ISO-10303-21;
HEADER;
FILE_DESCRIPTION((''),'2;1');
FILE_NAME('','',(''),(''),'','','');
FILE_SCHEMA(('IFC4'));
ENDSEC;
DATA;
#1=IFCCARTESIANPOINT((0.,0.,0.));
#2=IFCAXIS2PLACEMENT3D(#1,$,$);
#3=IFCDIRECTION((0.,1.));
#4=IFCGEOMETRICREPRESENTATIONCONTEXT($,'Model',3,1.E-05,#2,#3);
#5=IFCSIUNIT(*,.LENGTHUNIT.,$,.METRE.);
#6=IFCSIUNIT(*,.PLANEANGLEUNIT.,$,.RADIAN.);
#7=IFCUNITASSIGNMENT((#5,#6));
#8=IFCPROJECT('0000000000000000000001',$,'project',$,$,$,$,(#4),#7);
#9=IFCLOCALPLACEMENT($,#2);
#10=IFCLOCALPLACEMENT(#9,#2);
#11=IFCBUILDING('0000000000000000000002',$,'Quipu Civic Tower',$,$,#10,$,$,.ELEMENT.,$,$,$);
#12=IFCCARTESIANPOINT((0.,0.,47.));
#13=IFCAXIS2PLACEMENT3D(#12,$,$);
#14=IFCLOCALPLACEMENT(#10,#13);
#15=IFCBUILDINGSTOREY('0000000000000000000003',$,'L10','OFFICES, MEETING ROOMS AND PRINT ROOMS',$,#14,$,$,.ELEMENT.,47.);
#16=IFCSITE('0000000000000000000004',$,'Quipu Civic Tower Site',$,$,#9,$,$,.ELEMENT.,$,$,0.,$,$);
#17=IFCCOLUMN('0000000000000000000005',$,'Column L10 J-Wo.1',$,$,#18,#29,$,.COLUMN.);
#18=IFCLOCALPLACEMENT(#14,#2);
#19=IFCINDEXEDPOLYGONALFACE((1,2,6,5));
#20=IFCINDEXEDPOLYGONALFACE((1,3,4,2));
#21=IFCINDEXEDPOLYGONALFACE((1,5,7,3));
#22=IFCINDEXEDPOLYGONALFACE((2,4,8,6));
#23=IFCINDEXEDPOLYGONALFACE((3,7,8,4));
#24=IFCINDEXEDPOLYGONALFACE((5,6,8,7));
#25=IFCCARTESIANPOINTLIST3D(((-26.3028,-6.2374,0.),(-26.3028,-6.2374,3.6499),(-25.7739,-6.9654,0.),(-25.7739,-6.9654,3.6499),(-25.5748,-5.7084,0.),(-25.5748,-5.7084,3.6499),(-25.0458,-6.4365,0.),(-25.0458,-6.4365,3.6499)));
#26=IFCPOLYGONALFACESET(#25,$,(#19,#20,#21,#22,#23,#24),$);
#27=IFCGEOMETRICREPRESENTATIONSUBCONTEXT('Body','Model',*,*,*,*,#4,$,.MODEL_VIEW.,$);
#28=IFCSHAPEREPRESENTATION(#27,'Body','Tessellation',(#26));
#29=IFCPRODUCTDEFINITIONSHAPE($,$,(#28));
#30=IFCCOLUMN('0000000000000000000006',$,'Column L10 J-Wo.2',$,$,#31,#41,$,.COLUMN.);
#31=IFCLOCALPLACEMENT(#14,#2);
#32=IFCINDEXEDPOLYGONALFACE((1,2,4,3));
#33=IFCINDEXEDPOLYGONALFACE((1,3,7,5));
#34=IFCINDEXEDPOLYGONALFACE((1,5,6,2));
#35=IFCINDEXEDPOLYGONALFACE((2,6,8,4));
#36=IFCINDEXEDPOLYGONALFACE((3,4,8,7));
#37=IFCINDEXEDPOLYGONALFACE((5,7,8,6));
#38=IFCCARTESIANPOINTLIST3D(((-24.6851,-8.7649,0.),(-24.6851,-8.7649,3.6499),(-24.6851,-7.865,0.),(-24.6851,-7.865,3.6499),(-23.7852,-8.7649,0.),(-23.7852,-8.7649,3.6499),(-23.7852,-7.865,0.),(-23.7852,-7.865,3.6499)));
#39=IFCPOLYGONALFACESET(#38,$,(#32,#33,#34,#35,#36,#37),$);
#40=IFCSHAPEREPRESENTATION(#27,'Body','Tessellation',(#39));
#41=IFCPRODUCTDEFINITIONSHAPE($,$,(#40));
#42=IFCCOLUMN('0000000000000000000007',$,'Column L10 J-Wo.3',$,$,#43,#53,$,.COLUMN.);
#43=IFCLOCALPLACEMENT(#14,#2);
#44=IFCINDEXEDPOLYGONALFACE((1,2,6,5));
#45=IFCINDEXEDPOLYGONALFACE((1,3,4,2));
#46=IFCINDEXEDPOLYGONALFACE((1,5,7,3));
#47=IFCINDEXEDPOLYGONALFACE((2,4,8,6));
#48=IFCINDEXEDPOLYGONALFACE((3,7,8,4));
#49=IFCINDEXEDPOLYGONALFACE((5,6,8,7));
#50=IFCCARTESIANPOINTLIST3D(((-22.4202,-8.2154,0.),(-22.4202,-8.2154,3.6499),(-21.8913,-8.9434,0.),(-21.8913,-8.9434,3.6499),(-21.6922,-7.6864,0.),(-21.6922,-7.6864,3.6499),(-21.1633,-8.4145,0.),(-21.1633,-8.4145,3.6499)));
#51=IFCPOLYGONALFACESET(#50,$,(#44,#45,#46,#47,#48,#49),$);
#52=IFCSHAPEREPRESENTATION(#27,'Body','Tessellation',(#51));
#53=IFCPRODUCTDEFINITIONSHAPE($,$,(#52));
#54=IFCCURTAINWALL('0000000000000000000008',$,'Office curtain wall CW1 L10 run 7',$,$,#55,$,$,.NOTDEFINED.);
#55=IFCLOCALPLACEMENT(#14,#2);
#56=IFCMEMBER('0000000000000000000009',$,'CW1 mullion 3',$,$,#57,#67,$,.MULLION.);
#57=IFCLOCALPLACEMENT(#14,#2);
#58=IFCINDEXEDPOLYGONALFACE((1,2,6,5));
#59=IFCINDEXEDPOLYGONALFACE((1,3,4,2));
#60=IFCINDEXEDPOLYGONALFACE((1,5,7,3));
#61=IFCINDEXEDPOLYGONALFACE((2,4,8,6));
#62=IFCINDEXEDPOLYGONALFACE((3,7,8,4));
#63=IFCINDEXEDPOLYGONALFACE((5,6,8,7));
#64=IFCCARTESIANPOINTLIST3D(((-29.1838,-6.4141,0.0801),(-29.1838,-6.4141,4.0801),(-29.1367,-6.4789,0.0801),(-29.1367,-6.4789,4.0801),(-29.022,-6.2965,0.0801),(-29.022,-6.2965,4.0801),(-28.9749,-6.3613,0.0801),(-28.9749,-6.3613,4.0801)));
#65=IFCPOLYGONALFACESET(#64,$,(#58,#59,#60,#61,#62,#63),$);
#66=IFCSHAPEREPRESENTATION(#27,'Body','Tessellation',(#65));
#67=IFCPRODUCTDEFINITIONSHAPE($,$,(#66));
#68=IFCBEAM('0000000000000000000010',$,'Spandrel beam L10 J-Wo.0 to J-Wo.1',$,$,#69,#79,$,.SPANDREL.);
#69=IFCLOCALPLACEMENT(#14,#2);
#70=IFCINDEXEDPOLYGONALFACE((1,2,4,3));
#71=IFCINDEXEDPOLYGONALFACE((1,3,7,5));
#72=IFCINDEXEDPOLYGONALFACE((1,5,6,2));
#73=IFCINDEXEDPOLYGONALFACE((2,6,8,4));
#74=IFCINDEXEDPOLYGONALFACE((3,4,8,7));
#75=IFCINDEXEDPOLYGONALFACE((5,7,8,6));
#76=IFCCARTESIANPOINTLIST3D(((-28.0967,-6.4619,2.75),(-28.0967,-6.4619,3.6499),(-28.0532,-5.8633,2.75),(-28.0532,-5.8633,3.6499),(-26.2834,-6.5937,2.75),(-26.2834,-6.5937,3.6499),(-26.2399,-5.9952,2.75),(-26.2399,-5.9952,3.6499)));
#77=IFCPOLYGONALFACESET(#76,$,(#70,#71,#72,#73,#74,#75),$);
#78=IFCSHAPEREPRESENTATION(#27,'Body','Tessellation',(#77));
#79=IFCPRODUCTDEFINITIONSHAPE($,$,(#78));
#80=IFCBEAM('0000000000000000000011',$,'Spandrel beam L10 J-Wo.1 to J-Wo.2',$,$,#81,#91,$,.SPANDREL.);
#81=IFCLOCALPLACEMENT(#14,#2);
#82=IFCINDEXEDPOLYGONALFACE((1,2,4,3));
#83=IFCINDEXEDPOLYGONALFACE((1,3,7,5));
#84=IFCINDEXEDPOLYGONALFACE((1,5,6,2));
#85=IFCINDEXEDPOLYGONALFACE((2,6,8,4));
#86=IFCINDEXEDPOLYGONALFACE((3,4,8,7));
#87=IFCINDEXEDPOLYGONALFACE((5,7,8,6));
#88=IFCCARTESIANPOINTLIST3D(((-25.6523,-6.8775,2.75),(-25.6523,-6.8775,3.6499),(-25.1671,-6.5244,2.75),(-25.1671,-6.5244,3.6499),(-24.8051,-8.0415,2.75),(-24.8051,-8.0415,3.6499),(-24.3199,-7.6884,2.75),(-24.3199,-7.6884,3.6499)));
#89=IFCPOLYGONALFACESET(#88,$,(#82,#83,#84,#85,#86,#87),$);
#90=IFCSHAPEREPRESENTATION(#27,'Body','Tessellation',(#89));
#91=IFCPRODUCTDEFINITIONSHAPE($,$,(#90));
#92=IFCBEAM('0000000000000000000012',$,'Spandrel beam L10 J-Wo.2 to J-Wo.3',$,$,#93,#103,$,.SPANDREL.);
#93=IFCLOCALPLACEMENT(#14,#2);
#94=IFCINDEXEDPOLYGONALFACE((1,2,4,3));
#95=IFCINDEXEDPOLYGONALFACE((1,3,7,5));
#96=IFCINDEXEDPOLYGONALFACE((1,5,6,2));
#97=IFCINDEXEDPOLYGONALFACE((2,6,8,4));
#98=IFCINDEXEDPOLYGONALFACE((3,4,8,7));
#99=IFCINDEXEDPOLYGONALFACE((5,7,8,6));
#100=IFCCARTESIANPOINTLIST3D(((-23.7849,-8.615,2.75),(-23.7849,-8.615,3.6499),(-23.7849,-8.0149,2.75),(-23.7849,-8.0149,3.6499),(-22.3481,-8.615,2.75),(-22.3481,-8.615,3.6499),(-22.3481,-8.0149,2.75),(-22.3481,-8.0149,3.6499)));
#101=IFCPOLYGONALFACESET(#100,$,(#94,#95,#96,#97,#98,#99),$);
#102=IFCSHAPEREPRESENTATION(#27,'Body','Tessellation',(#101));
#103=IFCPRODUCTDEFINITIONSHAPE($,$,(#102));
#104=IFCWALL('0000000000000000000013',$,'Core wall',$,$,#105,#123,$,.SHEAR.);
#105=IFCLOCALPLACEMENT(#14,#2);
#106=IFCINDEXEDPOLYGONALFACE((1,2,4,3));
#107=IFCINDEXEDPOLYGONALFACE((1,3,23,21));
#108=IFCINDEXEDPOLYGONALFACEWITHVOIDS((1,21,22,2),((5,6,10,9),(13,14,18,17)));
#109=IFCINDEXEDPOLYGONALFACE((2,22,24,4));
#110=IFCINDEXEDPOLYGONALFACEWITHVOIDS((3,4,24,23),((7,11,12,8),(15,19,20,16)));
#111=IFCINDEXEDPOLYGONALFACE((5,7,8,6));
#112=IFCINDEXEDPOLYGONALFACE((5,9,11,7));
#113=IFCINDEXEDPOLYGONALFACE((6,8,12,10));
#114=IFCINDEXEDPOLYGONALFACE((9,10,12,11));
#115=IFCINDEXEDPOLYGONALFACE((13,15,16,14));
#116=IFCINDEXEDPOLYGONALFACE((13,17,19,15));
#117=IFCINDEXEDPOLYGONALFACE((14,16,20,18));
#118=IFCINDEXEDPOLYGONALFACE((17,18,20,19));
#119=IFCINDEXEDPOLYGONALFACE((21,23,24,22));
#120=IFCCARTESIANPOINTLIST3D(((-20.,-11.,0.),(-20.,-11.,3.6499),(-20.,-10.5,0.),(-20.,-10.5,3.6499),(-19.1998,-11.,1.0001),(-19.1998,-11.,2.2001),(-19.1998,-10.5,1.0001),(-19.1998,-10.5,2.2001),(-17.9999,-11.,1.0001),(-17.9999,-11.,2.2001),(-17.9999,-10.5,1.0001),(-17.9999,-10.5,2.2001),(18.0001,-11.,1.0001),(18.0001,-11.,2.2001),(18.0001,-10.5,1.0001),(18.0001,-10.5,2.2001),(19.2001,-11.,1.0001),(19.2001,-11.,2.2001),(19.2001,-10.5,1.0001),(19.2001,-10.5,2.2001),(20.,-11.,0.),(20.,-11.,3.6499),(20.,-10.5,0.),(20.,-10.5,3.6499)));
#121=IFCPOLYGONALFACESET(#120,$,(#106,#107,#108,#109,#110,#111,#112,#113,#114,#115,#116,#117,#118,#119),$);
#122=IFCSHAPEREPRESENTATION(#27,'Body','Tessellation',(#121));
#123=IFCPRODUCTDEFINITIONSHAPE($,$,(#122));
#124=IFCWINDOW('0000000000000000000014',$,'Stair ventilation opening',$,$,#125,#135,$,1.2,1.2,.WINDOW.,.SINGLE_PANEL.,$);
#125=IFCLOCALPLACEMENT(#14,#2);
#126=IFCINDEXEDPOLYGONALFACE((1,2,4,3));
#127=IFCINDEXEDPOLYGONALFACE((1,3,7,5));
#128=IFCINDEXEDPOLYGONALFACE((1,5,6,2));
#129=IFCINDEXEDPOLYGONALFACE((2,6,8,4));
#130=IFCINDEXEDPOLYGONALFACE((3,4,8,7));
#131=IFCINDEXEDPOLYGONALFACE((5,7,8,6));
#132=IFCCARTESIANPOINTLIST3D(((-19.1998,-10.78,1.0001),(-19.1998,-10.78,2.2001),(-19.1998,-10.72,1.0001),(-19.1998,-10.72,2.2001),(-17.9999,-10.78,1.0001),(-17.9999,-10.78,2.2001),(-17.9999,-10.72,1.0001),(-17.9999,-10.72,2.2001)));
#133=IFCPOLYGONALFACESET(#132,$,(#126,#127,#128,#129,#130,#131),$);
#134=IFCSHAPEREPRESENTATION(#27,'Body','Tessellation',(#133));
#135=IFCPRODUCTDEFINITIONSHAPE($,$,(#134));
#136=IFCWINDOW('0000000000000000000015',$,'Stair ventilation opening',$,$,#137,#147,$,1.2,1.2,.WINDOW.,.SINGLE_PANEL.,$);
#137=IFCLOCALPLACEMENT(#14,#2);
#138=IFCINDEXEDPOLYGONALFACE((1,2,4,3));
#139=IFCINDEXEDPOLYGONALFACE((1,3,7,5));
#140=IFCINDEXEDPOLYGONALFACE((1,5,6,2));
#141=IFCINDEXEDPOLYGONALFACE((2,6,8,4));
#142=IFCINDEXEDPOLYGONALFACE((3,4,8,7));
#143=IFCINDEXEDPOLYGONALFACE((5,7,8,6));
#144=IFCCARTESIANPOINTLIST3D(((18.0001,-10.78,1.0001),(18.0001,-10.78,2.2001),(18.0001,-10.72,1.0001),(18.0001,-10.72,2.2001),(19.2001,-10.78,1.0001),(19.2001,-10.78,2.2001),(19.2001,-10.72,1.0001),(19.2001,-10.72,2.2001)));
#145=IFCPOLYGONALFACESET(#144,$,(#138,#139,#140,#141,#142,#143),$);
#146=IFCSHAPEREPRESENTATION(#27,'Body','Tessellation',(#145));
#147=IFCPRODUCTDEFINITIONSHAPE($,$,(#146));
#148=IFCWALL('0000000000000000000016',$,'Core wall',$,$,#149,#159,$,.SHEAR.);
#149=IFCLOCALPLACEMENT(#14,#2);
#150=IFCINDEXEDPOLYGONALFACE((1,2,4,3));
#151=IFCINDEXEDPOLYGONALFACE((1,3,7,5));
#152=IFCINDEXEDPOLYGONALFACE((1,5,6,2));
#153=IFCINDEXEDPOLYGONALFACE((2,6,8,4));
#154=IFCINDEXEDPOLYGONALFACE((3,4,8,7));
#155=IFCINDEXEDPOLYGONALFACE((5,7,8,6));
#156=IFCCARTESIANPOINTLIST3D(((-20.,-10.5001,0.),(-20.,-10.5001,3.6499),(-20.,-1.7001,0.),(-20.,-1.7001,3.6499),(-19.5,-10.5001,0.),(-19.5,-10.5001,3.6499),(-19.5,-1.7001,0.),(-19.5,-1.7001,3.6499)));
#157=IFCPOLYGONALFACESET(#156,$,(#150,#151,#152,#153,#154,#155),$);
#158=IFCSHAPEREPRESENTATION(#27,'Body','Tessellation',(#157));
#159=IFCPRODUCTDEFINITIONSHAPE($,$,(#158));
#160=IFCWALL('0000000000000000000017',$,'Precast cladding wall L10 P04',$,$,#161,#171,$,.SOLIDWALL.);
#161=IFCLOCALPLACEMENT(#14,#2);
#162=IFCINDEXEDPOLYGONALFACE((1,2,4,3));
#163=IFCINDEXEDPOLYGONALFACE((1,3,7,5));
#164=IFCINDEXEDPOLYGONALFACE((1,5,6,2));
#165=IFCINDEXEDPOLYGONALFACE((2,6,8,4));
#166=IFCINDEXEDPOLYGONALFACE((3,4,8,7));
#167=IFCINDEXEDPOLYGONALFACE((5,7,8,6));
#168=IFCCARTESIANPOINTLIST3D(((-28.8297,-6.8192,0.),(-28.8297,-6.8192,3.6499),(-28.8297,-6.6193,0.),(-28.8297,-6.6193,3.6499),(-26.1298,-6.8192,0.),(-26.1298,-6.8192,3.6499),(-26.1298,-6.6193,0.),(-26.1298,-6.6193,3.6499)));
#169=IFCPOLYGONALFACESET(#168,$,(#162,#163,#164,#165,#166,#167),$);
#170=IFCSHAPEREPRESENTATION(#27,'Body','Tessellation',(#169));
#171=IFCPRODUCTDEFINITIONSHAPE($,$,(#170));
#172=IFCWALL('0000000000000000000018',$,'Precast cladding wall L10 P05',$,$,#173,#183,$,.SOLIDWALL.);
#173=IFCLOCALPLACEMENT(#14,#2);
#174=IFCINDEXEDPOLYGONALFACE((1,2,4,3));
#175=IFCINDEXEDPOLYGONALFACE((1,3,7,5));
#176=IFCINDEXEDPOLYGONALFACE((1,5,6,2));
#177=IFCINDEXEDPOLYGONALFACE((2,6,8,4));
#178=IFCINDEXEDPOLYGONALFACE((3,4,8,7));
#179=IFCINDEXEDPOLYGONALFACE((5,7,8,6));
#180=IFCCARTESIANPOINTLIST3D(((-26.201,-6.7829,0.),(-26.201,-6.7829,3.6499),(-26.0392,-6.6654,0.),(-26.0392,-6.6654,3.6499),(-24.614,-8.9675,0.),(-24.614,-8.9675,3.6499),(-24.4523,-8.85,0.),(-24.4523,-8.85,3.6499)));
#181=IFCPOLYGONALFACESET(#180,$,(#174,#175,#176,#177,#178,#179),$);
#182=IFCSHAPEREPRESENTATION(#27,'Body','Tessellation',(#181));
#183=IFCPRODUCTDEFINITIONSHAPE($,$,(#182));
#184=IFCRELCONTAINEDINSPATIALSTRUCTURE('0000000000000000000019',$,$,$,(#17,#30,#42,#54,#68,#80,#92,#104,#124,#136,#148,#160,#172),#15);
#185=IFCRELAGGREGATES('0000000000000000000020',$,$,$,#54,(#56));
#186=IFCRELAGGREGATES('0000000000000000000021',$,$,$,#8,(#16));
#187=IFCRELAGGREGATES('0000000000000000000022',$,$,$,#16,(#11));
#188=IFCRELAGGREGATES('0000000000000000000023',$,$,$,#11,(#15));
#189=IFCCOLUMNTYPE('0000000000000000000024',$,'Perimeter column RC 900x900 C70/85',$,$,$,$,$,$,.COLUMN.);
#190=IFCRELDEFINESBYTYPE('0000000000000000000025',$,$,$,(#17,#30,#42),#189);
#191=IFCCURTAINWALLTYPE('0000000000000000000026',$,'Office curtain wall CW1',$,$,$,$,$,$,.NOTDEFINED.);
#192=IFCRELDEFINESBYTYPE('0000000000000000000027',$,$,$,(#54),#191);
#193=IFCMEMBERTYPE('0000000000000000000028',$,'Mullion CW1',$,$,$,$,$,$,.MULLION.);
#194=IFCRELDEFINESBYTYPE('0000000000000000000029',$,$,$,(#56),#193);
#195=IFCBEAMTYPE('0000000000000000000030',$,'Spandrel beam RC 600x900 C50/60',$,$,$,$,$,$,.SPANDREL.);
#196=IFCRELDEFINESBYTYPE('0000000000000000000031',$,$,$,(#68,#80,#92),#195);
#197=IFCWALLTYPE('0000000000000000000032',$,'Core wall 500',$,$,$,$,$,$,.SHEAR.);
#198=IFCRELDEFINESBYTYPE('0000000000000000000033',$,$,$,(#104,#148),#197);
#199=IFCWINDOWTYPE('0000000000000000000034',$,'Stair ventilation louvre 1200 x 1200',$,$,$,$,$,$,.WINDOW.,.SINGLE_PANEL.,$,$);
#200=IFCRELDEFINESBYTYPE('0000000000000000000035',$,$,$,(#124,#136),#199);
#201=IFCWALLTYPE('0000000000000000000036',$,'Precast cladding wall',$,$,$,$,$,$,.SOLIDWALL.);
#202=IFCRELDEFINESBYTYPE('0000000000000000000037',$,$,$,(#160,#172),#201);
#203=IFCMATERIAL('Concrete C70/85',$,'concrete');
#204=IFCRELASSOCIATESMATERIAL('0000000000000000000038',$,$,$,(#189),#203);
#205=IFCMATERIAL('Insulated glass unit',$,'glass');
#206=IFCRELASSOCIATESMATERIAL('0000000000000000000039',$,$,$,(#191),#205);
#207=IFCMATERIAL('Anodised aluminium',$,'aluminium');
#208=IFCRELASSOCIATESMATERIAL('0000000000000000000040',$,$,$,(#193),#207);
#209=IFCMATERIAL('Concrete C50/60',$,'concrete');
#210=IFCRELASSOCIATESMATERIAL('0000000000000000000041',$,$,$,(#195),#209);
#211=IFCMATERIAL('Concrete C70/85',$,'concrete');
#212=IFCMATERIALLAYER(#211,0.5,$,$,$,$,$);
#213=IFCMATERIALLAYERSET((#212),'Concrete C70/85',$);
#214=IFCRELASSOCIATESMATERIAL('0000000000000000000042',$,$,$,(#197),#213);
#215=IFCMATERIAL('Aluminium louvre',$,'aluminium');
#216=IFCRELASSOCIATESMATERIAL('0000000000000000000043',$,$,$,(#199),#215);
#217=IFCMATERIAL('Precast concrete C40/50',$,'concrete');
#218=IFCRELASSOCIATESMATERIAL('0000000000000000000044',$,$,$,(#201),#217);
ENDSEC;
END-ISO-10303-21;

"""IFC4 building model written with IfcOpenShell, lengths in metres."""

from ifc_helpers import new_model, si_unit, direction, frame, frame_2d, origin, origin_2d, place, context, subcontext, project, spatial, rectangle, extrude, material, layer, layer_set, material_profile, profile_set, type_object, element, fill, aggregate, save


model = new_model("IFC4")

# Units and contexts
model_context = context("Model", 3, precision=1e-05, world=origin(), true_north=direction((0.0, 1.0)))
body_context = subcontext(model_context, "Body", "Model", "MODEL_VIEW")
ifc_project = project(units=[si_unit("LENGTHUNIT", "METRE"), si_unit("PLANEANGLEUNIT", "RADIAN")], contexts=[model_context])

# Site, building, storey
site_placement = place(None, origin())
site = spatial("IfcSite", under=ifc_project, at=site_placement, Name="Quipu Civic Tower Site", CompositionType="ELEMENT", RefElevation=0.0)
building_placement = place(site_placement, origin())
building = spatial("IfcBuilding", under=site, at=building_placement, Name="Quipu Civic Tower", CompositionType="ELEMENT")
storey_placement = place(building_placement, frame((0.0, 0.0, 47.0)))
storey = spatial("IfcBuildingStorey", under=building, at=storey_placement, Name="L10", Description="OFFICES, MEETING ROOMS AND PRINT ROOMS", CompositionType="ELEMENT", Elevation=47.0)

# Columns
ifc_material_1 = material(Name="Concrete C70/85", Category="concrete")
ifc_material_profile_1 = material_profile(ifc_material_1, rectangle(XDim=0.8999, YDim=0.8999, at=origin_2d()), Name="RC900x900")
ifc_profile_set_1 = profile_set([ifc_material_profile_1], Name="Concrete C70/85")
column_type = type_object("IfcColumnType", Name="Perimeter column RC 900x900 C70/85", PredefinedType="COLUMN", material=ifc_profile_set_1)
for number, where, z_axis, x_axis, name in (
    (1, (-25.6743, -6.3369, 0.0), (0.0, 0.0, 1.0), (0.587785, -0.809017, 0.0), "Column L10 J-Wo.1"),
    (2, (-24.2351, -8.3149, 0.0), (0.0, 0.0, 1.0), (1.0, 0.0, 0.0), "Column L10 J-Wo.2"),
    (3, (-21.7917, -8.3149, 0.0), (0.0, 0.0, 1.0), (0.587785, -0.809017, 0.0), "Column L10 J-Wo.3"),
):
    element("IfcColumn", number, at=place(storey_placement, frame(where, z_axis=z_axis, x_axis=x_axis)), inside=storey, type_object=column_type, Name=name, PredefinedType="COLUMN", context=body_context, shape_type="SweptSolid", body=[
        extrude(rectangle(XDim=0.8999, YDim=0.8999, at=origin_2d()), origin(), (0.0, 0.0, 1.0), 3.6499),
    ])

# Curtain wall, member
ifc_material_2 = material(Name="Insulated glass unit", Category="glass")
curtain_wall_type = type_object("IfcCurtainWallType", Name="Office curtain wall CW1", PredefinedType="NOTDEFINED", material=ifc_material_2)
curtain_wall_placement = place(storey_placement, origin())
curtain_wall = element("IfcCurtainWall", 4, at=curtain_wall_placement, inside=storey, type_object=curtain_wall_type, Name="Office curtain wall CW1 L10 run 7", PredefinedType="NOTDEFINED")
ifc_material_3 = material(Name="Anodised aluminium", Category="aluminium")
ifc_material_profile_2 = material_profile(ifc_material_3, rectangle(XDim=0.2, YDim=0.0801, at=origin_2d()), Name="RECT 200x80")
ifc_profile_set_2 = profile_set([ifc_material_profile_2], Name="Anodised aluminium")
member_type = type_object("IfcMemberType", Name="Mullion CW1", PredefinedType="MULLION", material=ifc_profile_set_2)
member_placement = place(storey_placement, frame((-29.0793, -6.3877, 0.0801), z_axis=(0.0, 0.0, 1.0), x_axis=(0.809018, 0.587785, 0.0)))
member = element("IfcMember", 5, at=member_placement, type_object=member_type, Name="CW1 mullion 3", PredefinedType="MULLION", context=body_context, shape_type="SweptSolid", body=[
    extrude(rectangle(XDim=0.2, YDim=0.0801, at=origin_2d()), origin(), (0.0, 0.0, 1.0), 4.0),
])
aggregate(curtain_wall, [member])

# Beams
ifc_material_4 = material(Name="Concrete C50/60", Category="concrete")
ifc_material_profile_3 = material_profile(ifc_material_4, rectangle(XDim=0.6001, YDim=0.8999, at=origin_2d()), Name="RC600x900")
ifc_profile_set_3 = profile_set([ifc_material_profile_3], Name="Concrete C50/60")
beam_type = type_object("IfcBeamType", Name="Spandrel beam RC 600x900 C50/60", PredefinedType="SPANDREL", material=ifc_profile_set_3)
beam_1_placement = place(storey_placement, frame((-28.075, -6.1626, 3.2), z_axis=(0.997367, -0.072516, 0.0), x_axis=(0.072516, 0.997367, 0.0)))
element("IfcBeam", 6, at=beam_1_placement, inside=storey, type_object=beam_type, Name="Spandrel beam L10 J-Wo.0 to J-Wo.1", PredefinedType="SPANDREL", context=body_context, shape_type="SweptSolid", body=[
    extrude(rectangle(XDim=0.6001, YDim=0.8999, at=origin_2d()), origin(), (0.0, 0.0, 1.0), 1.8181),
])
beam_2_placement = place(storey_placement, frame((-25.4097, -6.7009, 3.2), z_axis=(0.588434, -0.808545, 0.0), x_axis=(0.808545, 0.588434, 0.0)))
element("IfcBeam", 7, at=beam_2_placement, inside=storey, type_object=beam_type, Name="Spandrel beam L10 J-Wo.1 to J-Wo.2", PredefinedType="SPANDREL", context=body_context, shape_type="SweptSolid", body=[
    extrude(rectangle(XDim=0.6001, YDim=0.8999, at=origin_2d()), origin(), (0.0, 0.0, 1.0), 1.4397),
])
beam_3_placement = place(storey_placement, frame((-23.7849, -8.3149, 3.2), z_axis=(1.0, 0.0, 0.0), x_axis=(0.0, 1.0, 0.0)))
element("IfcBeam", 8, at=beam_3_placement, inside=storey, type_object=beam_type, Name="Spandrel beam L10 J-Wo.2 to J-Wo.3", PredefinedType="SPANDREL", context=body_context, shape_type="SweptSolid", body=[
    extrude(rectangle(XDim=0.6001, YDim=0.8999, at=origin_2d()), origin(), (0.0, 0.0, 1.0), 1.4368),
])

# Wall, openings, windows
ifc_material_5 = material(Name="Concrete C70/85", Category="concrete")
ifc_layer = layer(ifc_material_5, 0.5)
ifc_layer_set = layer_set([ifc_layer], Name="Concrete C70/85")
wall_type_1 = type_object("IfcWallType", Name="Core wall 500", PredefinedType="SHEAR", material=ifc_layer_set)
wall_1_placement = place(storey_placement, frame((-20.0, -10.75, 0.0), z_axis=(0.0, 0.0, 1.0), x_axis=(1.0, 0.0, 0.0)))
wall_1 = element("IfcWall", 9, at=wall_1_placement, inside=storey, type_object=wall_type_1, Name="Core wall", PredefinedType="SHEAR", context=body_context, shape_type="SweptSolid", body=[
    extrude(rectangle(XDim=40.0, YDim=0.5, at=frame_2d((20.0, 0.0))), origin(), (0.0, 0.0, 1.0), 3.6499),
])
opening_1_placement = place(wall_1_placement, frame((0.8, 0.0, 1.0)))
opening_1 = element("IfcOpeningElement", 10, at=opening_1_placement, cuts=wall_1, PredefinedType="OPENING", context=body_context, shape_type="SweptSolid", body=[
    extrude(rectangle(XDim=1.2, YDim=1.2, at=frame_2d((0.6001, 0.6001))), frame((0.0, 0.26, 0.0), z_axis=(0.0, -1.0, 0.0), x_axis=(1.0, 0.0, 0.0)), (0.0, 0.0, 1.0), 0.52),
])
opening_2_placement = place(wall_1_placement, frame((38.0, 0.0, 1.0)))
opening_2 = element("IfcOpeningElement", 11, at=opening_2_placement, cuts=wall_1, PredefinedType="OPENING", context=body_context, shape_type="SweptSolid", body=[
    extrude(rectangle(XDim=1.2, YDim=1.2, at=frame_2d((0.6001, 0.6001))), frame((0.0, 0.26, 0.0), z_axis=(0.0, -1.0, 0.0), x_axis=(1.0, 0.0, 0.0)), (0.0, 0.0, 1.0), 0.52),
])
ifc_material_6 = material(Name="Aluminium louvre", Category="aluminium")
window_type = type_object("IfcWindowType", Name="Stair ventilation louvre 1200 x 1200", PartitioningType="SINGLE_PANEL", PredefinedType="WINDOW", material=ifc_material_6)
window_1_placement = place(opening_1_placement, origin())
window_1 = element("IfcWindow", 12, at=window_1_placement, inside=storey, type_object=window_type, Name="Stair ventilation opening", OverallHeight=1.2, OverallWidth=1.2, PartitioningType="SINGLE_PANEL", PredefinedType="WINDOW", context=body_context, shape_type="SweptSolid", body=[
    extrude(rectangle(XDim=1.2, YDim=1.2, at=frame_2d((0.6001, 0.6001))), frame((0.0, 0.03, 0.0), z_axis=(0.0, -1.0, 0.0), x_axis=(1.0, 0.0, 0.0)), (0.0, 0.0, 1.0), 0.0601),
])
fill(opening_1, window_1)
window_2_placement = place(opening_2_placement, origin())
window_2 = element("IfcWindow", 13, at=window_2_placement, inside=storey, type_object=window_type, Name="Stair ventilation opening", OverallHeight=1.2, OverallWidth=1.2, PartitioningType="SINGLE_PANEL", PredefinedType="WINDOW", context=body_context, shape_type="SweptSolid", body=[
    extrude(rectangle(XDim=1.2, YDim=1.2, at=frame_2d((0.6001, 0.6001))), frame((0.0, 0.03, 0.0), z_axis=(0.0, -1.0, 0.0), x_axis=(1.0, 0.0, 0.0)), (0.0, 0.0, 1.0), 0.0601),
])
fill(opening_2, window_2)

# Walls
wall_2_placement = place(storey_placement, frame((-19.75, -10.5, 0.0), z_axis=(0.0, 0.0, 1.0), x_axis=(0.0, 1.0, 0.0)))
element("IfcWall", 14, at=wall_2_placement, inside=storey, type_object=wall_type_1, Name="Core wall", PredefinedType="SHEAR", context=body_context, shape_type="SweptSolid", body=[
    extrude(rectangle(XDim=8.8, YDim=0.5, at=frame_2d((4.3999, 0.0))), origin(), (0.0, 0.0, 1.0), 3.6499),
])
ifc_material_7 = material(Name="Precast concrete C40/50", Category="concrete")
wall_type_2 = type_object("IfcWallType", Name="Precast cladding wall", PredefinedType="SOLIDWALL", material=ifc_material_7)
wall_3_placement = place(storey_placement, frame((-28.8298, -6.7192, 0.0), z_axis=(0.0, 0.0, 1.0), x_axis=(1.0, 0.0, 0.0)))
element("IfcWall", 15, at=wall_3_placement, inside=storey, type_object=wall_type_2, Name="Precast cladding wall L10 P04", PredefinedType="SOLIDWALL", context=body_context, shape_type="SweptSolid", body=[
    extrude(rectangle(XDim=2.7, YDim=0.2, at=frame_2d((1.3501, 0.0))), origin(), (0.0, 0.0, 1.0), 3.6499),
])
wall_4_placement = place(storey_placement, frame((-26.1201, -6.7241, 0.0), z_axis=(0.0, 0.0, 1.0), x_axis=(0.58772, -0.809064, 0.0)))
element("IfcWall", 16, at=wall_4_placement, inside=storey, type_object=wall_type_2, Name="Precast cladding wall L10 P05", PredefinedType="SOLIDWALL", context=body_context, shape_type="SweptSolid", body=[
    extrude(rectangle(XDim=2.7002, YDim=0.2, at=frame_2d((1.3501, 0.0))), origin(), (0.0, 0.0, 1.0), 3.6499),
])

save(model, "model.ifc")
